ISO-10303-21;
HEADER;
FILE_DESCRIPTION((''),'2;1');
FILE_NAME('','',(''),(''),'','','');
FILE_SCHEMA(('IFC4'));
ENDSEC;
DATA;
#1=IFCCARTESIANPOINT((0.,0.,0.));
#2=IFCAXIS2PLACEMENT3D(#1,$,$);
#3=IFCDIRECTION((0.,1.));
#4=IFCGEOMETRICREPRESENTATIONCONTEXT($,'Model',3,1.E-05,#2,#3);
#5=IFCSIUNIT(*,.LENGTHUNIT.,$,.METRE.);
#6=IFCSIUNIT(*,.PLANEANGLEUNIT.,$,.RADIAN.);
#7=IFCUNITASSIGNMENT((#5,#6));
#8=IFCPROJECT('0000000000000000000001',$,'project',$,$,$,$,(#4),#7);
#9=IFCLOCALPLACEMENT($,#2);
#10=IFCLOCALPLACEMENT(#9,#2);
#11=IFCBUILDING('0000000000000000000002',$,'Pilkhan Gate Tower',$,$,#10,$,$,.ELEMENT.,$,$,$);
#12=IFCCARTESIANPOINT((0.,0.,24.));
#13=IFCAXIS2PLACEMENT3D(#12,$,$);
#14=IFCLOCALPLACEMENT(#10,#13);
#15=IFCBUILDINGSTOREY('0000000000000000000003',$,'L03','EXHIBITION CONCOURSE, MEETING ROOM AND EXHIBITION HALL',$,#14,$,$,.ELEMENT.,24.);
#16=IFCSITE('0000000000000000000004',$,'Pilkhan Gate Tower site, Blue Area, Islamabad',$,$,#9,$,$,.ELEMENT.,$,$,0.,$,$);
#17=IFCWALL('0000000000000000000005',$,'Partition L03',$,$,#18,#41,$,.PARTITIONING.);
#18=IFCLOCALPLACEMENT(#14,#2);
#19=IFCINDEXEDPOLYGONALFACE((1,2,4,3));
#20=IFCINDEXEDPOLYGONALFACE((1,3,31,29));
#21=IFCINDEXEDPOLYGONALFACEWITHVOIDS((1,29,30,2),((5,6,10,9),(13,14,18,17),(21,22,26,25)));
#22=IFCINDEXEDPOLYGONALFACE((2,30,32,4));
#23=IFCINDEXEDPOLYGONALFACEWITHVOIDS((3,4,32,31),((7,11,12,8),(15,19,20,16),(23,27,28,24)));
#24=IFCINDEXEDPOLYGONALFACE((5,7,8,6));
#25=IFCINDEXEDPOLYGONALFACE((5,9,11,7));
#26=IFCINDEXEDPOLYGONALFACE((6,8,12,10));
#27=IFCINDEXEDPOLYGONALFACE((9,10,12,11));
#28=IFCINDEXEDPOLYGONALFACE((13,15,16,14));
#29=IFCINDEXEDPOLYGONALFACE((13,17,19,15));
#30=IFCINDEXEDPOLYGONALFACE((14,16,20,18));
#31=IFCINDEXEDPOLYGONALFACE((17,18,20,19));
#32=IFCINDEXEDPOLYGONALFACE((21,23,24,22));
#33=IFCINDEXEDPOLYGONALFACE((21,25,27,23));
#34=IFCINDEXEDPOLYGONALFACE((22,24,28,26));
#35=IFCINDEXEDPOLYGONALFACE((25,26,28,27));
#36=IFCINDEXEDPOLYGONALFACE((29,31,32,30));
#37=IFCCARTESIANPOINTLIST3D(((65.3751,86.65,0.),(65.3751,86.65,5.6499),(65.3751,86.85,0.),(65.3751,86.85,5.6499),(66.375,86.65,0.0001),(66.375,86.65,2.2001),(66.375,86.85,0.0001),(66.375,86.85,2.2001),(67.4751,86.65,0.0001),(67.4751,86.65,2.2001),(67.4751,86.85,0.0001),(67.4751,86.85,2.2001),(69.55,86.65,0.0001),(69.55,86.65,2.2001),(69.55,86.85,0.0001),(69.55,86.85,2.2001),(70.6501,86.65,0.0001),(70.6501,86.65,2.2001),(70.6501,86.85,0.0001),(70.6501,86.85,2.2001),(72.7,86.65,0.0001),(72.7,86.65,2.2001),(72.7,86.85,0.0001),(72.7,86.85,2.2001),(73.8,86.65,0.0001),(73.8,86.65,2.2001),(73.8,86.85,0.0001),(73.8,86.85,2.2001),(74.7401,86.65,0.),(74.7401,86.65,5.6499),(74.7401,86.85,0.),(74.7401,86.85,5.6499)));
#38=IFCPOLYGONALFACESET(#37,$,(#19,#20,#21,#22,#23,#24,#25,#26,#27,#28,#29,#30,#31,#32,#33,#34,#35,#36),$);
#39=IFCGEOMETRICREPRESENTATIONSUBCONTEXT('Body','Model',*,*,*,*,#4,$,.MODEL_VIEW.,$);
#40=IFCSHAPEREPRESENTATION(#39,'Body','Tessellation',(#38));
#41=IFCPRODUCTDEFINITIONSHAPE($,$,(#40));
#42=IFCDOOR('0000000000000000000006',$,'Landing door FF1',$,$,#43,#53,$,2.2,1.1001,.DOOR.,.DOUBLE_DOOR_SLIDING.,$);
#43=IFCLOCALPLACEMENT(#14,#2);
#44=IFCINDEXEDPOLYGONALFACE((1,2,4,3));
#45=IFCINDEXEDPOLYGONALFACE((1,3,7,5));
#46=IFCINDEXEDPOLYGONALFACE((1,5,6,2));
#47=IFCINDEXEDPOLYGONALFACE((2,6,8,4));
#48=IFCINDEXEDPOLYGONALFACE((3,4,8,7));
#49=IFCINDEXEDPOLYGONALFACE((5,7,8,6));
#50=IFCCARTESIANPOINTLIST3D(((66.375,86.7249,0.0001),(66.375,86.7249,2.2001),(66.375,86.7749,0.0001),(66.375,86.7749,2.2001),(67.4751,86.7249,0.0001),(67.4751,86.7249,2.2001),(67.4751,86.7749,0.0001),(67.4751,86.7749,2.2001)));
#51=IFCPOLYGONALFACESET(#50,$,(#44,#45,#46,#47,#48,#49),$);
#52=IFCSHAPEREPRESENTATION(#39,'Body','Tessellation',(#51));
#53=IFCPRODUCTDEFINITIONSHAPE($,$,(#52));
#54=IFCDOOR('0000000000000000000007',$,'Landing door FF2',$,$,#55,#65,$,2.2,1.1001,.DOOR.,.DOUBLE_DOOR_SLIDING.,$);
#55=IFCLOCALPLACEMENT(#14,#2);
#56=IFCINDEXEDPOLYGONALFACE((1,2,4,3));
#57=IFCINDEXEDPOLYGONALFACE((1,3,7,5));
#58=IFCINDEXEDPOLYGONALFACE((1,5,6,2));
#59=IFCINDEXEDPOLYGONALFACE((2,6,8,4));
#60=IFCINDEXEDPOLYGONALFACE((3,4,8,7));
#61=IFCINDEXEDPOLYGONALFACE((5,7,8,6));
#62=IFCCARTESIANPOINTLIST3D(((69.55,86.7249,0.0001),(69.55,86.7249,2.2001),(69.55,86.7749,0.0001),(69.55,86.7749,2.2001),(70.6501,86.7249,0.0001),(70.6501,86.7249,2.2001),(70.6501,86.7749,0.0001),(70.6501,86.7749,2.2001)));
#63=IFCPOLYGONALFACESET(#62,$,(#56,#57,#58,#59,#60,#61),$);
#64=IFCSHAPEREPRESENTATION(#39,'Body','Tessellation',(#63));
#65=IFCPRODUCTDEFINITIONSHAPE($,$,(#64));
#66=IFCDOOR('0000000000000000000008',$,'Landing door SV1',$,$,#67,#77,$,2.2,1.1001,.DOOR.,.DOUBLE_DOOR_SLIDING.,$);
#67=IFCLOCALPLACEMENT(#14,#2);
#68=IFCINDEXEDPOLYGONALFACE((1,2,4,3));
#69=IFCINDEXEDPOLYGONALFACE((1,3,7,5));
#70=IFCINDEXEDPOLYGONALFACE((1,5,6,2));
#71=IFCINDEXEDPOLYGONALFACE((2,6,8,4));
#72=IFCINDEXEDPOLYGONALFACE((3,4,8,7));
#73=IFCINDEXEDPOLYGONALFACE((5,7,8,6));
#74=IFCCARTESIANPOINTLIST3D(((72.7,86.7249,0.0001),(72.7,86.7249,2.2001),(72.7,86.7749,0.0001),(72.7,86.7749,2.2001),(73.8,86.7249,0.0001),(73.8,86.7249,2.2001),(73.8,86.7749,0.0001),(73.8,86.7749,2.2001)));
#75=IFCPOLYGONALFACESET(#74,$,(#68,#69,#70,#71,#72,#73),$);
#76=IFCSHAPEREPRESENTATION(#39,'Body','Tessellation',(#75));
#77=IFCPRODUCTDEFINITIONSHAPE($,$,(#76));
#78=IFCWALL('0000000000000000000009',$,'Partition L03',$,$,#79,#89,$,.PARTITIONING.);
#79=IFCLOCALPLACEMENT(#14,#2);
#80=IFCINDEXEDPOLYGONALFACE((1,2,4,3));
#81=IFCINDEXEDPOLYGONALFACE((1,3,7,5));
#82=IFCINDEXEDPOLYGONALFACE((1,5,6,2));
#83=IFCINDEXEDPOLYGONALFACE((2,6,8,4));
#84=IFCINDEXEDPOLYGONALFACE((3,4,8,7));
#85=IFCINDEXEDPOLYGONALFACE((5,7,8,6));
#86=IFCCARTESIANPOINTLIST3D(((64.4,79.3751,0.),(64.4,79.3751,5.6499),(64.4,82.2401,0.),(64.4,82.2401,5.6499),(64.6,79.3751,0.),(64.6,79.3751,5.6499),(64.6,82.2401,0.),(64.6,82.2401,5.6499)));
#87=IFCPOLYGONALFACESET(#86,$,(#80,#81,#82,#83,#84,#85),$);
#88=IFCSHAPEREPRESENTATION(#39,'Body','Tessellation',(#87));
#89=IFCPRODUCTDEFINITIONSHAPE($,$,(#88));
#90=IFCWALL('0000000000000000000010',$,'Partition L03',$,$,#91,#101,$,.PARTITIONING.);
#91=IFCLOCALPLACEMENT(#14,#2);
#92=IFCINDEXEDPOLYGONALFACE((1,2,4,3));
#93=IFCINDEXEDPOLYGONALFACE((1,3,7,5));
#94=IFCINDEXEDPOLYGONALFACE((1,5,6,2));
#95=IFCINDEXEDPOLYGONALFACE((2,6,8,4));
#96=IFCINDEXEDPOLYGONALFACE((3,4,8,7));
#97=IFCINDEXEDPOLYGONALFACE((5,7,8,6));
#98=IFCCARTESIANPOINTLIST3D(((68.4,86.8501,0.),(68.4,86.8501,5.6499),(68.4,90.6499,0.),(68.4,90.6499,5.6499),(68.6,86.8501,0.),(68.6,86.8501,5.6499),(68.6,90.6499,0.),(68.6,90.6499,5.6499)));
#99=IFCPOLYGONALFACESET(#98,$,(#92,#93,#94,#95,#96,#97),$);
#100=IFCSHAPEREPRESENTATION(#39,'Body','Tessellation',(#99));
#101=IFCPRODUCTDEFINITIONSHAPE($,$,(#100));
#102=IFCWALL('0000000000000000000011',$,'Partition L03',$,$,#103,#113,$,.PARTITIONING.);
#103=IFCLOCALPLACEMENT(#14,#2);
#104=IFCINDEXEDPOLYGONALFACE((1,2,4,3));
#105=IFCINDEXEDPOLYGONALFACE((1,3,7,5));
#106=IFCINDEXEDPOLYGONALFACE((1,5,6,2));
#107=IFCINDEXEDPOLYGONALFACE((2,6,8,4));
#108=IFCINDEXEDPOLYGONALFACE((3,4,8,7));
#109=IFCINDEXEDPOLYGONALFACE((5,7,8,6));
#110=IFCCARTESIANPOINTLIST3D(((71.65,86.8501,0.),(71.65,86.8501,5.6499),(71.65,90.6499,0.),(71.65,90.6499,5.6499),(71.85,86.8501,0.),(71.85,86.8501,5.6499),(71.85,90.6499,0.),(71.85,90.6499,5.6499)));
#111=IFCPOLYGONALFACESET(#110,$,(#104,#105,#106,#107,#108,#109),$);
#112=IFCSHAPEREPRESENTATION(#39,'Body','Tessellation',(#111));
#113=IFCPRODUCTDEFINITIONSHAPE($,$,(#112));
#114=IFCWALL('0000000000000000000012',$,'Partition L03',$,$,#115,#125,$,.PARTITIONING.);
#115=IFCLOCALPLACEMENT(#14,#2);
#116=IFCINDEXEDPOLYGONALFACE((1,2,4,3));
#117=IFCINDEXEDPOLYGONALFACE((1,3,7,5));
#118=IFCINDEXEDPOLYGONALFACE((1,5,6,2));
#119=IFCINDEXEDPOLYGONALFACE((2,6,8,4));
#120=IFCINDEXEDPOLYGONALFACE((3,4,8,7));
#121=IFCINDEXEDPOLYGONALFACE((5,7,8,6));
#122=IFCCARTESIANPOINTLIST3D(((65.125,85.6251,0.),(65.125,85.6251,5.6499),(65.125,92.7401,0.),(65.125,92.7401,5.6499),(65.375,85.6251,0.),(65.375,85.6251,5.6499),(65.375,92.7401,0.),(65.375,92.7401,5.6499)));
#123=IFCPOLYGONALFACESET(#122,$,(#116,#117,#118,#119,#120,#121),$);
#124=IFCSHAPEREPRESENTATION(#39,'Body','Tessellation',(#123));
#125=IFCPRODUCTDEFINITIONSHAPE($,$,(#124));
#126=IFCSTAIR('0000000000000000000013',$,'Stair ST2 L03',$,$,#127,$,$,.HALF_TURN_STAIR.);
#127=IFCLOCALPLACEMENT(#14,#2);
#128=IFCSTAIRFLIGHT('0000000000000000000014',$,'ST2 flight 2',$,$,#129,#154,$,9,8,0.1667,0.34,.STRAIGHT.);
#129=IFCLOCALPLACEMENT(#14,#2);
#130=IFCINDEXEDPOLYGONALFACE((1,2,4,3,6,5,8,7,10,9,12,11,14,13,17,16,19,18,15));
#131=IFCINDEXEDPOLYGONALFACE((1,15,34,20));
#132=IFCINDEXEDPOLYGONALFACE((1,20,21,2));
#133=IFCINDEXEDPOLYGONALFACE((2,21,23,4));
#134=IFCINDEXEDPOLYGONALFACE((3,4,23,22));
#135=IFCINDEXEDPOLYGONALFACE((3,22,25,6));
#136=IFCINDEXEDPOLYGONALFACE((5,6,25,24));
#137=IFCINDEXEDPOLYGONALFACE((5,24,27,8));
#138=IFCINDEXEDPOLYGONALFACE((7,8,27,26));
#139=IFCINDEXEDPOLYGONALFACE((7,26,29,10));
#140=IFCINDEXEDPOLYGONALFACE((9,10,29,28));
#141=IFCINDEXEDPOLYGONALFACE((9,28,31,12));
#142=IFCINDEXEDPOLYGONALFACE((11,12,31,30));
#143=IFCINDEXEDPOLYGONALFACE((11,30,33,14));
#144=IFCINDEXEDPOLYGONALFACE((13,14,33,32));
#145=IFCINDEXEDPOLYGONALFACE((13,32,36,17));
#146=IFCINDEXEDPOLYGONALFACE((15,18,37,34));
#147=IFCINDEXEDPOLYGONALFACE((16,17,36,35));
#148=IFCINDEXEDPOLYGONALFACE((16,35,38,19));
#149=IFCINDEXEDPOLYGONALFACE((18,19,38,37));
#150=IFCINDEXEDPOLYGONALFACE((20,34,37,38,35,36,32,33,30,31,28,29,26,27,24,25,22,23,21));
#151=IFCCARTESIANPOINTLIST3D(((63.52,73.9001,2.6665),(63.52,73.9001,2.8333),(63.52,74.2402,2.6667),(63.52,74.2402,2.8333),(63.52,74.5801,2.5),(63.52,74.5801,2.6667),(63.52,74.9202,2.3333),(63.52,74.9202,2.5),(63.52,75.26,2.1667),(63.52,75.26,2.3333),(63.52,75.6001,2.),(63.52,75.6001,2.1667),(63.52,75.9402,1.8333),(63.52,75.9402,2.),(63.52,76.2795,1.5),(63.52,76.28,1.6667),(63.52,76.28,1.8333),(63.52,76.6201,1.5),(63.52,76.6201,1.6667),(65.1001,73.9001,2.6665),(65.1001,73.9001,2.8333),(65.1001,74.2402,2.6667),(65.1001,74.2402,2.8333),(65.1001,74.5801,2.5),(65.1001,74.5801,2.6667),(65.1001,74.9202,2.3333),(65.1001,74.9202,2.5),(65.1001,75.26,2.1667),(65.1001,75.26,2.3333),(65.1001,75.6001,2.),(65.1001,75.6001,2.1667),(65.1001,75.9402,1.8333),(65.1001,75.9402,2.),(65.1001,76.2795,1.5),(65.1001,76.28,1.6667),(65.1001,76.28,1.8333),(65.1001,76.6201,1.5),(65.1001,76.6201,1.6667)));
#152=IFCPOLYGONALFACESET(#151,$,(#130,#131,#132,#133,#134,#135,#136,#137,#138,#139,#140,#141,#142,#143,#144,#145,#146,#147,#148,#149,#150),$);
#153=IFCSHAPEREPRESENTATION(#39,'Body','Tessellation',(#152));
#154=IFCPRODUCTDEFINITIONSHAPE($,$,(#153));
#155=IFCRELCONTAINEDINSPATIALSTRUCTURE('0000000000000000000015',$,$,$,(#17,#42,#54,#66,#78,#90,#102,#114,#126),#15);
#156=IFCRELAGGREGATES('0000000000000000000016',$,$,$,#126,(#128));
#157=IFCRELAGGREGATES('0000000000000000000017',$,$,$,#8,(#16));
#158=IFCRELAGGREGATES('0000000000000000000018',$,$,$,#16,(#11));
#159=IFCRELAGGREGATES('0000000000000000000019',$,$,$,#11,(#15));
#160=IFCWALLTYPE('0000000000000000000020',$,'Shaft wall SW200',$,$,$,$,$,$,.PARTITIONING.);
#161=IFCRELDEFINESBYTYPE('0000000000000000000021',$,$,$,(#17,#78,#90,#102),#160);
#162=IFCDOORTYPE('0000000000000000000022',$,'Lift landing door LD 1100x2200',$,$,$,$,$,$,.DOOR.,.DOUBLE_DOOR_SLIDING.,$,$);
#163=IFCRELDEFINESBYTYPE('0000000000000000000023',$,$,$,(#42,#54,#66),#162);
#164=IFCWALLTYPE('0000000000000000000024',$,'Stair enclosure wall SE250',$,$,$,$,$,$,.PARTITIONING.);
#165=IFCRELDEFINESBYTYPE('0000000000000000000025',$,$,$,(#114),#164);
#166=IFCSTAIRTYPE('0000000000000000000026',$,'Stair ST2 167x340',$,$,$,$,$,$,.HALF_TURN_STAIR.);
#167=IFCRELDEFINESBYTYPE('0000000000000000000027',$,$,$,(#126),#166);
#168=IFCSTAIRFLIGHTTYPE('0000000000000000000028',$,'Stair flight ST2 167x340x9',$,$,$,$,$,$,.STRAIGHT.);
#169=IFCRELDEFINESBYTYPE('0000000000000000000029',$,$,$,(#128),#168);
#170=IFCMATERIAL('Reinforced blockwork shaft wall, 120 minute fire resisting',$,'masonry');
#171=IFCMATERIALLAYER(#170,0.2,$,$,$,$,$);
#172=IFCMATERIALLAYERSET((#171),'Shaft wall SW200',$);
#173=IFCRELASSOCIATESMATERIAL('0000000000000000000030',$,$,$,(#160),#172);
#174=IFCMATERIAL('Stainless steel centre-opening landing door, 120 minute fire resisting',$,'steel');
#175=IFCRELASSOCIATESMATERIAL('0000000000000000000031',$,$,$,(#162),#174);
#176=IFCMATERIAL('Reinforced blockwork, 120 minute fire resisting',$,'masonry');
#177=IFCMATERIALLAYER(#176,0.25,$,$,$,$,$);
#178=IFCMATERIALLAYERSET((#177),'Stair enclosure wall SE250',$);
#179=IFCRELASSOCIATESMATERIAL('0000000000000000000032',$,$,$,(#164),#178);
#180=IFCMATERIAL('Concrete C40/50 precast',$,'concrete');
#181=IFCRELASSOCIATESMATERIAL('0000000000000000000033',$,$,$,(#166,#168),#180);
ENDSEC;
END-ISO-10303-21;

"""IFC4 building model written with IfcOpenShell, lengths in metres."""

from ifc_helpers import new_model, si_unit, direction, frame, frame_2d, origin, place, context, subcontext, project, spatial, polyline, rectangle, outline, extrude, material, layer, layer_set, type_object, element, fill, aggregate, save


model = new_model("IFC4")

# Units and contexts
model_context = context("Model", 3, precision=1e-05, world=origin(), true_north=direction((0.0, 1.0)))
body_context = subcontext(model_context, "Body", "Model", "MODEL_VIEW")
ifc_project = project(units=[si_unit("LENGTHUNIT", "METRE"), si_unit("PLANEANGLEUNIT", "RADIAN")], contexts=[model_context])

# Site, building, storey
site_placement = place(None, origin())
site = spatial("IfcSite", under=ifc_project, at=site_placement, Name="Pilkhan Gate Tower site, Blue Area, Islamabad", CompositionType="ELEMENT", RefElevation=0.0)
building_placement = place(site_placement, origin())
building = spatial("IfcBuilding", under=site, at=building_placement, Name="Pilkhan Gate Tower", CompositionType="ELEMENT")
storey_placement = place(building_placement, frame((0.0, 0.0, 24.0)))
storey = spatial("IfcBuildingStorey", under=building, at=storey_placement, Name="L03", Description="EXHIBITION CONCOURSE, MEETING ROOM AND EXHIBITION HALL", CompositionType="ELEMENT", Elevation=24.0)

# Wall, openings, doors
ifc_material_1 = material(Name="Reinforced blockwork shaft wall, 120 minute fire resisting", Category="masonry")
ifc_layer_1 = layer(ifc_material_1, 0.2)
ifc_layer_set_1 = layer_set([ifc_layer_1], Name="Shaft wall SW200")
wall_type_1 = type_object("IfcWallType", Name="Shaft wall SW200", PredefinedType="PARTITIONING", material=ifc_layer_set_1)
ifc_material_2 = material(Name="Stainless steel centre-opening landing door, 120 minute fire resisting", Category="steel")
door_type_1 = type_object("IfcDoorType", Name="Lift landing door LD 1100x2200", OperationType="DOUBLE_DOOR_SLIDING", PredefinedType="DOOR", material=ifc_material_2)
wall_1_placement = place(storey_placement, frame((65.375, 86.75, 0.0), z_axis=(0.0, 0.0, 1.0), x_axis=(1.0, 0.0, 0.0)))
wall_1 = element("IfcWall", 1, at=wall_1_placement, inside=storey, type_object=wall_type_1, Name="Partition L03", PredefinedType="PARTITIONING", context=body_context, shape_type="SweptSolid", body=[
    extrude(rectangle(XDim=9.365, YDim=0.2, at=frame_2d((4.6826, 0.0))), origin(), (0.0, 0.0, 1.0), 5.6499),
])
opening_1_placement = place(wall_1_placement, frame((1.0, 0.0, 0.0)))
opening_1 = element("IfcOpeningElement", 2, at=opening_1_placement, cuts=wall_1, PredefinedType="OPENING", context=body_context, shape_type="SweptSolid", body=[
    extrude(rectangle(XDim=1.1001, YDim=2.2, at=frame_2d((0.55, 1.1001))), frame((0.0, 0.1099, 0.0), z_axis=(0.0, -1.0, 0.0), x_axis=(1.0, 0.0, 0.0)), (0.0, 0.0, 1.0), 0.22),
])
opening_2_placement = place(wall_1_placement, frame((4.175, 0.0, 0.0)))
opening_2 = element("IfcOpeningElement", 3, at=opening_2_placement, cuts=wall_1, PredefinedType="OPENING", context=body_context, shape_type="SweptSolid", body=[
    extrude(rectangle(XDim=1.1001, YDim=2.2, at=frame_2d((0.55, 1.1001))), frame((0.0, 0.1099, 0.0), z_axis=(0.0, -1.0, 0.0), x_axis=(1.0, 0.0, 0.0)), (0.0, 0.0, 1.0), 0.22),
])
opening_3_placement = place(wall_1_placement, frame((7.325, 0.0, 0.0)))
opening_3 = element("IfcOpeningElement", 4, at=opening_3_placement, cuts=wall_1, PredefinedType="OPENING", context=body_context, shape_type="SweptSolid", body=[
    extrude(rectangle(XDim=1.1001, YDim=2.2, at=frame_2d((0.55, 1.1001))), frame((0.0, 0.1099, 0.0), z_axis=(0.0, -1.0, 0.0), x_axis=(1.0, 0.0, 0.0)), (0.0, 0.0, 1.0), 0.22),
])
door_1_placement = place(opening_1_placement, origin())
door_1 = element("IfcDoor", 5, at=door_1_placement, inside=storey, type_object=door_type_1, Name="Landing door FF1", OperationType="DOUBLE_DOOR_SLIDING", OverallHeight=2.2, OverallWidth=1.1001, PredefinedType="DOOR", context=body_context, shape_type="SweptSolid", body=[
    extrude(rectangle(XDim=1.1001, YDim=2.2, at=frame_2d((0.55, 1.1001))), frame((0.0, 0.0249, 0.0), z_axis=(0.0, -1.0, 0.0), x_axis=(1.0, 0.0, 0.0)), (0.0, 0.0, 1.0), 0.05),
])
fill(opening_1, door_1)
door_2_placement = place(opening_2_placement, origin())
door_2 = element("IfcDoor", 6, at=door_2_placement, inside=storey, type_object=door_type_1, Name="Landing door FF2", OperationType="DOUBLE_DOOR_SLIDING", OverallHeight=2.2, OverallWidth=1.1001, PredefinedType="DOOR", context=body_context, shape_type="SweptSolid", body=[
    extrude(rectangle(XDim=1.1001, YDim=2.2, at=frame_2d((0.55, 1.1001))), frame((0.0, 0.0249, 0.0), z_axis=(0.0, -1.0, 0.0), x_axis=(1.0, 0.0, 0.0)), (0.0, 0.0, 1.0), 0.05),
])
fill(opening_2, door_2)
door_3_placement = place(opening_3_placement, origin())
door_3 = element("IfcDoor", 7, at=door_3_placement, inside=storey, type_object=door_type_1, Name="Landing door SV1", OperationType="DOUBLE_DOOR_SLIDING", OverallHeight=2.2, OverallWidth=1.1001, PredefinedType="DOOR", context=body_context, shape_type="SweptSolid", body=[
    extrude(rectangle(XDim=1.1001, YDim=2.2, at=frame_2d((0.55, 1.1001))), frame((0.0, 0.0249, 0.0), z_axis=(0.0, -1.0, 0.0), x_axis=(1.0, 0.0, 0.0)), (0.0, 0.0, 1.0), 0.05),
])
fill(opening_3, door_3)

# Walls
wall_2_placement = place(storey_placement, frame((64.5, 79.375, 0.0), z_axis=(0.0, 0.0, 1.0), x_axis=(0.0, 1.0, 0.0)))
element("IfcWall", 8, at=wall_2_placement, inside=storey, type_object=wall_type_1, Name="Partition L03", PredefinedType="PARTITIONING", context=body_context, shape_type="SweptSolid", body=[
    extrude(rectangle(XDim=2.865, YDim=0.2, at=frame_2d((1.4326, 0.0))), origin(), (0.0, 0.0, 1.0), 5.6499),
])
for number, where, z_axis, x_axis, name in (
    (9, (68.5, 86.8501, 0.0), (0.0, 0.0, 1.0), (0.0, 1.0, 0.0), "Partition L03"),
    (10, (71.75, 86.8501, 0.0), (0.0, 0.0, 1.0), (0.0, 1.0, 0.0), "Partition L03"),
):
    element("IfcWall", number, at=place(storey_placement, frame(where, z_axis=z_axis, x_axis=x_axis)), inside=storey, type_object=wall_type_1, Name=name, PredefinedType="PARTITIONING", context=body_context, shape_type="SweptSolid", body=[
        extrude(rectangle(XDim=3.7998, YDim=0.2, at=frame_2d((1.8999, 0.0))), origin(), (0.0, 0.0, 1.0), 5.6499),
    ])
ifc_material_3 = material(Name="Reinforced blockwork, 120 minute fire resisting", Category="masonry")
ifc_layer_2 = layer(ifc_material_3, 0.25)
ifc_layer_set_2 = layer_set([ifc_layer_2], Name="Stair enclosure wall SE250")
wall_type_2 = type_object("IfcWallType", Name="Stair enclosure wall SE250", PredefinedType="PARTITIONING", material=ifc_layer_set_2)
wall_3_placement = place(storey_placement, frame((65.25, 85.625, 0.0), z_axis=(0.0, 0.0, 1.0), x_axis=(0.0, 1.0, 0.0)))
element("IfcWall", 11, at=wall_3_placement, inside=storey, type_object=wall_type_2, Name="Partition L03", PredefinedType="PARTITIONING", context=body_context, shape_type="SweptSolid", body=[
    extrude(rectangle(XDim=7.115, YDim=0.25, at=frame_2d((3.5576, 0.0))), origin(), (0.0, 0.0, 1.0), 5.6499),
])

# Stair, stair flight
ifc_material_4 = material(Name="Concrete C40/50 precast", Category="concrete")
stair_type_1 = type_object("IfcStairType", Name="Stair ST2 167x340", PredefinedType="HALF_TURN_STAIR", material=ifc_material_4)
stair_1_placement = place(storey_placement, origin())
stair_1 = element("IfcStair", 12, at=stair_1_placement, inside=storey, type_object=stair_type_1, Name="Stair ST2 L03", PredefinedType="HALF_TURN_STAIR")
stair_flight_type_1 = type_object("IfcStairFlightType", Name="Stair flight ST2 167x340x9", PredefinedType="STRAIGHT", material=ifc_material_4)
stair_flight_1_placement = place(storey_placement, frame((64.3101, 76.6201, 1.5), z_axis=(0.0, 0.0, 1.0), x_axis=(0.0, -1.0, 0.0)))
stair_flight_1 = element("IfcStairFlight", 13, at=stair_flight_1_placement, type_object=stair_flight_type_1, Name="ST2 flight 2", NumberOfRisers=9, NumberOfTreads=8, PredefinedType="STRAIGHT", RiserHeight=0.1667, TreadLength=0.34, context=body_context, shape_type="SweptSolid", body=[
    extrude(outline(polyline([(0.0, 0.0), (0.0, 0.1667), (0.3401, 0.1667), (0.3401, 0.3333), (0.6799, 0.3333), (0.6799, 0.5), (1.02, 0.5), (1.02, 0.6667), (1.3601, 0.6667), (1.3601, 0.8333), (1.7, 0.8333), (1.7, 1.0), (2.04, 1.0), (2.04, 1.1667), (2.3799, 1.1667), (2.3799, 1.3333), (2.72, 1.3333), (2.72, 1.5), (2.72, 1.1665), (0.3406, 0.0), (0.0, 0.0)])), frame((0.0, 0.79, 0.0), z_axis=(0.0, -1.0, 0.0), x_axis=(1.0, 0.0, 0.0)), (0.0, 0.0, 1.0), 1.5801),
])
aggregate(stair_1, [stair_flight_1])

save(model, "model.ifc")
